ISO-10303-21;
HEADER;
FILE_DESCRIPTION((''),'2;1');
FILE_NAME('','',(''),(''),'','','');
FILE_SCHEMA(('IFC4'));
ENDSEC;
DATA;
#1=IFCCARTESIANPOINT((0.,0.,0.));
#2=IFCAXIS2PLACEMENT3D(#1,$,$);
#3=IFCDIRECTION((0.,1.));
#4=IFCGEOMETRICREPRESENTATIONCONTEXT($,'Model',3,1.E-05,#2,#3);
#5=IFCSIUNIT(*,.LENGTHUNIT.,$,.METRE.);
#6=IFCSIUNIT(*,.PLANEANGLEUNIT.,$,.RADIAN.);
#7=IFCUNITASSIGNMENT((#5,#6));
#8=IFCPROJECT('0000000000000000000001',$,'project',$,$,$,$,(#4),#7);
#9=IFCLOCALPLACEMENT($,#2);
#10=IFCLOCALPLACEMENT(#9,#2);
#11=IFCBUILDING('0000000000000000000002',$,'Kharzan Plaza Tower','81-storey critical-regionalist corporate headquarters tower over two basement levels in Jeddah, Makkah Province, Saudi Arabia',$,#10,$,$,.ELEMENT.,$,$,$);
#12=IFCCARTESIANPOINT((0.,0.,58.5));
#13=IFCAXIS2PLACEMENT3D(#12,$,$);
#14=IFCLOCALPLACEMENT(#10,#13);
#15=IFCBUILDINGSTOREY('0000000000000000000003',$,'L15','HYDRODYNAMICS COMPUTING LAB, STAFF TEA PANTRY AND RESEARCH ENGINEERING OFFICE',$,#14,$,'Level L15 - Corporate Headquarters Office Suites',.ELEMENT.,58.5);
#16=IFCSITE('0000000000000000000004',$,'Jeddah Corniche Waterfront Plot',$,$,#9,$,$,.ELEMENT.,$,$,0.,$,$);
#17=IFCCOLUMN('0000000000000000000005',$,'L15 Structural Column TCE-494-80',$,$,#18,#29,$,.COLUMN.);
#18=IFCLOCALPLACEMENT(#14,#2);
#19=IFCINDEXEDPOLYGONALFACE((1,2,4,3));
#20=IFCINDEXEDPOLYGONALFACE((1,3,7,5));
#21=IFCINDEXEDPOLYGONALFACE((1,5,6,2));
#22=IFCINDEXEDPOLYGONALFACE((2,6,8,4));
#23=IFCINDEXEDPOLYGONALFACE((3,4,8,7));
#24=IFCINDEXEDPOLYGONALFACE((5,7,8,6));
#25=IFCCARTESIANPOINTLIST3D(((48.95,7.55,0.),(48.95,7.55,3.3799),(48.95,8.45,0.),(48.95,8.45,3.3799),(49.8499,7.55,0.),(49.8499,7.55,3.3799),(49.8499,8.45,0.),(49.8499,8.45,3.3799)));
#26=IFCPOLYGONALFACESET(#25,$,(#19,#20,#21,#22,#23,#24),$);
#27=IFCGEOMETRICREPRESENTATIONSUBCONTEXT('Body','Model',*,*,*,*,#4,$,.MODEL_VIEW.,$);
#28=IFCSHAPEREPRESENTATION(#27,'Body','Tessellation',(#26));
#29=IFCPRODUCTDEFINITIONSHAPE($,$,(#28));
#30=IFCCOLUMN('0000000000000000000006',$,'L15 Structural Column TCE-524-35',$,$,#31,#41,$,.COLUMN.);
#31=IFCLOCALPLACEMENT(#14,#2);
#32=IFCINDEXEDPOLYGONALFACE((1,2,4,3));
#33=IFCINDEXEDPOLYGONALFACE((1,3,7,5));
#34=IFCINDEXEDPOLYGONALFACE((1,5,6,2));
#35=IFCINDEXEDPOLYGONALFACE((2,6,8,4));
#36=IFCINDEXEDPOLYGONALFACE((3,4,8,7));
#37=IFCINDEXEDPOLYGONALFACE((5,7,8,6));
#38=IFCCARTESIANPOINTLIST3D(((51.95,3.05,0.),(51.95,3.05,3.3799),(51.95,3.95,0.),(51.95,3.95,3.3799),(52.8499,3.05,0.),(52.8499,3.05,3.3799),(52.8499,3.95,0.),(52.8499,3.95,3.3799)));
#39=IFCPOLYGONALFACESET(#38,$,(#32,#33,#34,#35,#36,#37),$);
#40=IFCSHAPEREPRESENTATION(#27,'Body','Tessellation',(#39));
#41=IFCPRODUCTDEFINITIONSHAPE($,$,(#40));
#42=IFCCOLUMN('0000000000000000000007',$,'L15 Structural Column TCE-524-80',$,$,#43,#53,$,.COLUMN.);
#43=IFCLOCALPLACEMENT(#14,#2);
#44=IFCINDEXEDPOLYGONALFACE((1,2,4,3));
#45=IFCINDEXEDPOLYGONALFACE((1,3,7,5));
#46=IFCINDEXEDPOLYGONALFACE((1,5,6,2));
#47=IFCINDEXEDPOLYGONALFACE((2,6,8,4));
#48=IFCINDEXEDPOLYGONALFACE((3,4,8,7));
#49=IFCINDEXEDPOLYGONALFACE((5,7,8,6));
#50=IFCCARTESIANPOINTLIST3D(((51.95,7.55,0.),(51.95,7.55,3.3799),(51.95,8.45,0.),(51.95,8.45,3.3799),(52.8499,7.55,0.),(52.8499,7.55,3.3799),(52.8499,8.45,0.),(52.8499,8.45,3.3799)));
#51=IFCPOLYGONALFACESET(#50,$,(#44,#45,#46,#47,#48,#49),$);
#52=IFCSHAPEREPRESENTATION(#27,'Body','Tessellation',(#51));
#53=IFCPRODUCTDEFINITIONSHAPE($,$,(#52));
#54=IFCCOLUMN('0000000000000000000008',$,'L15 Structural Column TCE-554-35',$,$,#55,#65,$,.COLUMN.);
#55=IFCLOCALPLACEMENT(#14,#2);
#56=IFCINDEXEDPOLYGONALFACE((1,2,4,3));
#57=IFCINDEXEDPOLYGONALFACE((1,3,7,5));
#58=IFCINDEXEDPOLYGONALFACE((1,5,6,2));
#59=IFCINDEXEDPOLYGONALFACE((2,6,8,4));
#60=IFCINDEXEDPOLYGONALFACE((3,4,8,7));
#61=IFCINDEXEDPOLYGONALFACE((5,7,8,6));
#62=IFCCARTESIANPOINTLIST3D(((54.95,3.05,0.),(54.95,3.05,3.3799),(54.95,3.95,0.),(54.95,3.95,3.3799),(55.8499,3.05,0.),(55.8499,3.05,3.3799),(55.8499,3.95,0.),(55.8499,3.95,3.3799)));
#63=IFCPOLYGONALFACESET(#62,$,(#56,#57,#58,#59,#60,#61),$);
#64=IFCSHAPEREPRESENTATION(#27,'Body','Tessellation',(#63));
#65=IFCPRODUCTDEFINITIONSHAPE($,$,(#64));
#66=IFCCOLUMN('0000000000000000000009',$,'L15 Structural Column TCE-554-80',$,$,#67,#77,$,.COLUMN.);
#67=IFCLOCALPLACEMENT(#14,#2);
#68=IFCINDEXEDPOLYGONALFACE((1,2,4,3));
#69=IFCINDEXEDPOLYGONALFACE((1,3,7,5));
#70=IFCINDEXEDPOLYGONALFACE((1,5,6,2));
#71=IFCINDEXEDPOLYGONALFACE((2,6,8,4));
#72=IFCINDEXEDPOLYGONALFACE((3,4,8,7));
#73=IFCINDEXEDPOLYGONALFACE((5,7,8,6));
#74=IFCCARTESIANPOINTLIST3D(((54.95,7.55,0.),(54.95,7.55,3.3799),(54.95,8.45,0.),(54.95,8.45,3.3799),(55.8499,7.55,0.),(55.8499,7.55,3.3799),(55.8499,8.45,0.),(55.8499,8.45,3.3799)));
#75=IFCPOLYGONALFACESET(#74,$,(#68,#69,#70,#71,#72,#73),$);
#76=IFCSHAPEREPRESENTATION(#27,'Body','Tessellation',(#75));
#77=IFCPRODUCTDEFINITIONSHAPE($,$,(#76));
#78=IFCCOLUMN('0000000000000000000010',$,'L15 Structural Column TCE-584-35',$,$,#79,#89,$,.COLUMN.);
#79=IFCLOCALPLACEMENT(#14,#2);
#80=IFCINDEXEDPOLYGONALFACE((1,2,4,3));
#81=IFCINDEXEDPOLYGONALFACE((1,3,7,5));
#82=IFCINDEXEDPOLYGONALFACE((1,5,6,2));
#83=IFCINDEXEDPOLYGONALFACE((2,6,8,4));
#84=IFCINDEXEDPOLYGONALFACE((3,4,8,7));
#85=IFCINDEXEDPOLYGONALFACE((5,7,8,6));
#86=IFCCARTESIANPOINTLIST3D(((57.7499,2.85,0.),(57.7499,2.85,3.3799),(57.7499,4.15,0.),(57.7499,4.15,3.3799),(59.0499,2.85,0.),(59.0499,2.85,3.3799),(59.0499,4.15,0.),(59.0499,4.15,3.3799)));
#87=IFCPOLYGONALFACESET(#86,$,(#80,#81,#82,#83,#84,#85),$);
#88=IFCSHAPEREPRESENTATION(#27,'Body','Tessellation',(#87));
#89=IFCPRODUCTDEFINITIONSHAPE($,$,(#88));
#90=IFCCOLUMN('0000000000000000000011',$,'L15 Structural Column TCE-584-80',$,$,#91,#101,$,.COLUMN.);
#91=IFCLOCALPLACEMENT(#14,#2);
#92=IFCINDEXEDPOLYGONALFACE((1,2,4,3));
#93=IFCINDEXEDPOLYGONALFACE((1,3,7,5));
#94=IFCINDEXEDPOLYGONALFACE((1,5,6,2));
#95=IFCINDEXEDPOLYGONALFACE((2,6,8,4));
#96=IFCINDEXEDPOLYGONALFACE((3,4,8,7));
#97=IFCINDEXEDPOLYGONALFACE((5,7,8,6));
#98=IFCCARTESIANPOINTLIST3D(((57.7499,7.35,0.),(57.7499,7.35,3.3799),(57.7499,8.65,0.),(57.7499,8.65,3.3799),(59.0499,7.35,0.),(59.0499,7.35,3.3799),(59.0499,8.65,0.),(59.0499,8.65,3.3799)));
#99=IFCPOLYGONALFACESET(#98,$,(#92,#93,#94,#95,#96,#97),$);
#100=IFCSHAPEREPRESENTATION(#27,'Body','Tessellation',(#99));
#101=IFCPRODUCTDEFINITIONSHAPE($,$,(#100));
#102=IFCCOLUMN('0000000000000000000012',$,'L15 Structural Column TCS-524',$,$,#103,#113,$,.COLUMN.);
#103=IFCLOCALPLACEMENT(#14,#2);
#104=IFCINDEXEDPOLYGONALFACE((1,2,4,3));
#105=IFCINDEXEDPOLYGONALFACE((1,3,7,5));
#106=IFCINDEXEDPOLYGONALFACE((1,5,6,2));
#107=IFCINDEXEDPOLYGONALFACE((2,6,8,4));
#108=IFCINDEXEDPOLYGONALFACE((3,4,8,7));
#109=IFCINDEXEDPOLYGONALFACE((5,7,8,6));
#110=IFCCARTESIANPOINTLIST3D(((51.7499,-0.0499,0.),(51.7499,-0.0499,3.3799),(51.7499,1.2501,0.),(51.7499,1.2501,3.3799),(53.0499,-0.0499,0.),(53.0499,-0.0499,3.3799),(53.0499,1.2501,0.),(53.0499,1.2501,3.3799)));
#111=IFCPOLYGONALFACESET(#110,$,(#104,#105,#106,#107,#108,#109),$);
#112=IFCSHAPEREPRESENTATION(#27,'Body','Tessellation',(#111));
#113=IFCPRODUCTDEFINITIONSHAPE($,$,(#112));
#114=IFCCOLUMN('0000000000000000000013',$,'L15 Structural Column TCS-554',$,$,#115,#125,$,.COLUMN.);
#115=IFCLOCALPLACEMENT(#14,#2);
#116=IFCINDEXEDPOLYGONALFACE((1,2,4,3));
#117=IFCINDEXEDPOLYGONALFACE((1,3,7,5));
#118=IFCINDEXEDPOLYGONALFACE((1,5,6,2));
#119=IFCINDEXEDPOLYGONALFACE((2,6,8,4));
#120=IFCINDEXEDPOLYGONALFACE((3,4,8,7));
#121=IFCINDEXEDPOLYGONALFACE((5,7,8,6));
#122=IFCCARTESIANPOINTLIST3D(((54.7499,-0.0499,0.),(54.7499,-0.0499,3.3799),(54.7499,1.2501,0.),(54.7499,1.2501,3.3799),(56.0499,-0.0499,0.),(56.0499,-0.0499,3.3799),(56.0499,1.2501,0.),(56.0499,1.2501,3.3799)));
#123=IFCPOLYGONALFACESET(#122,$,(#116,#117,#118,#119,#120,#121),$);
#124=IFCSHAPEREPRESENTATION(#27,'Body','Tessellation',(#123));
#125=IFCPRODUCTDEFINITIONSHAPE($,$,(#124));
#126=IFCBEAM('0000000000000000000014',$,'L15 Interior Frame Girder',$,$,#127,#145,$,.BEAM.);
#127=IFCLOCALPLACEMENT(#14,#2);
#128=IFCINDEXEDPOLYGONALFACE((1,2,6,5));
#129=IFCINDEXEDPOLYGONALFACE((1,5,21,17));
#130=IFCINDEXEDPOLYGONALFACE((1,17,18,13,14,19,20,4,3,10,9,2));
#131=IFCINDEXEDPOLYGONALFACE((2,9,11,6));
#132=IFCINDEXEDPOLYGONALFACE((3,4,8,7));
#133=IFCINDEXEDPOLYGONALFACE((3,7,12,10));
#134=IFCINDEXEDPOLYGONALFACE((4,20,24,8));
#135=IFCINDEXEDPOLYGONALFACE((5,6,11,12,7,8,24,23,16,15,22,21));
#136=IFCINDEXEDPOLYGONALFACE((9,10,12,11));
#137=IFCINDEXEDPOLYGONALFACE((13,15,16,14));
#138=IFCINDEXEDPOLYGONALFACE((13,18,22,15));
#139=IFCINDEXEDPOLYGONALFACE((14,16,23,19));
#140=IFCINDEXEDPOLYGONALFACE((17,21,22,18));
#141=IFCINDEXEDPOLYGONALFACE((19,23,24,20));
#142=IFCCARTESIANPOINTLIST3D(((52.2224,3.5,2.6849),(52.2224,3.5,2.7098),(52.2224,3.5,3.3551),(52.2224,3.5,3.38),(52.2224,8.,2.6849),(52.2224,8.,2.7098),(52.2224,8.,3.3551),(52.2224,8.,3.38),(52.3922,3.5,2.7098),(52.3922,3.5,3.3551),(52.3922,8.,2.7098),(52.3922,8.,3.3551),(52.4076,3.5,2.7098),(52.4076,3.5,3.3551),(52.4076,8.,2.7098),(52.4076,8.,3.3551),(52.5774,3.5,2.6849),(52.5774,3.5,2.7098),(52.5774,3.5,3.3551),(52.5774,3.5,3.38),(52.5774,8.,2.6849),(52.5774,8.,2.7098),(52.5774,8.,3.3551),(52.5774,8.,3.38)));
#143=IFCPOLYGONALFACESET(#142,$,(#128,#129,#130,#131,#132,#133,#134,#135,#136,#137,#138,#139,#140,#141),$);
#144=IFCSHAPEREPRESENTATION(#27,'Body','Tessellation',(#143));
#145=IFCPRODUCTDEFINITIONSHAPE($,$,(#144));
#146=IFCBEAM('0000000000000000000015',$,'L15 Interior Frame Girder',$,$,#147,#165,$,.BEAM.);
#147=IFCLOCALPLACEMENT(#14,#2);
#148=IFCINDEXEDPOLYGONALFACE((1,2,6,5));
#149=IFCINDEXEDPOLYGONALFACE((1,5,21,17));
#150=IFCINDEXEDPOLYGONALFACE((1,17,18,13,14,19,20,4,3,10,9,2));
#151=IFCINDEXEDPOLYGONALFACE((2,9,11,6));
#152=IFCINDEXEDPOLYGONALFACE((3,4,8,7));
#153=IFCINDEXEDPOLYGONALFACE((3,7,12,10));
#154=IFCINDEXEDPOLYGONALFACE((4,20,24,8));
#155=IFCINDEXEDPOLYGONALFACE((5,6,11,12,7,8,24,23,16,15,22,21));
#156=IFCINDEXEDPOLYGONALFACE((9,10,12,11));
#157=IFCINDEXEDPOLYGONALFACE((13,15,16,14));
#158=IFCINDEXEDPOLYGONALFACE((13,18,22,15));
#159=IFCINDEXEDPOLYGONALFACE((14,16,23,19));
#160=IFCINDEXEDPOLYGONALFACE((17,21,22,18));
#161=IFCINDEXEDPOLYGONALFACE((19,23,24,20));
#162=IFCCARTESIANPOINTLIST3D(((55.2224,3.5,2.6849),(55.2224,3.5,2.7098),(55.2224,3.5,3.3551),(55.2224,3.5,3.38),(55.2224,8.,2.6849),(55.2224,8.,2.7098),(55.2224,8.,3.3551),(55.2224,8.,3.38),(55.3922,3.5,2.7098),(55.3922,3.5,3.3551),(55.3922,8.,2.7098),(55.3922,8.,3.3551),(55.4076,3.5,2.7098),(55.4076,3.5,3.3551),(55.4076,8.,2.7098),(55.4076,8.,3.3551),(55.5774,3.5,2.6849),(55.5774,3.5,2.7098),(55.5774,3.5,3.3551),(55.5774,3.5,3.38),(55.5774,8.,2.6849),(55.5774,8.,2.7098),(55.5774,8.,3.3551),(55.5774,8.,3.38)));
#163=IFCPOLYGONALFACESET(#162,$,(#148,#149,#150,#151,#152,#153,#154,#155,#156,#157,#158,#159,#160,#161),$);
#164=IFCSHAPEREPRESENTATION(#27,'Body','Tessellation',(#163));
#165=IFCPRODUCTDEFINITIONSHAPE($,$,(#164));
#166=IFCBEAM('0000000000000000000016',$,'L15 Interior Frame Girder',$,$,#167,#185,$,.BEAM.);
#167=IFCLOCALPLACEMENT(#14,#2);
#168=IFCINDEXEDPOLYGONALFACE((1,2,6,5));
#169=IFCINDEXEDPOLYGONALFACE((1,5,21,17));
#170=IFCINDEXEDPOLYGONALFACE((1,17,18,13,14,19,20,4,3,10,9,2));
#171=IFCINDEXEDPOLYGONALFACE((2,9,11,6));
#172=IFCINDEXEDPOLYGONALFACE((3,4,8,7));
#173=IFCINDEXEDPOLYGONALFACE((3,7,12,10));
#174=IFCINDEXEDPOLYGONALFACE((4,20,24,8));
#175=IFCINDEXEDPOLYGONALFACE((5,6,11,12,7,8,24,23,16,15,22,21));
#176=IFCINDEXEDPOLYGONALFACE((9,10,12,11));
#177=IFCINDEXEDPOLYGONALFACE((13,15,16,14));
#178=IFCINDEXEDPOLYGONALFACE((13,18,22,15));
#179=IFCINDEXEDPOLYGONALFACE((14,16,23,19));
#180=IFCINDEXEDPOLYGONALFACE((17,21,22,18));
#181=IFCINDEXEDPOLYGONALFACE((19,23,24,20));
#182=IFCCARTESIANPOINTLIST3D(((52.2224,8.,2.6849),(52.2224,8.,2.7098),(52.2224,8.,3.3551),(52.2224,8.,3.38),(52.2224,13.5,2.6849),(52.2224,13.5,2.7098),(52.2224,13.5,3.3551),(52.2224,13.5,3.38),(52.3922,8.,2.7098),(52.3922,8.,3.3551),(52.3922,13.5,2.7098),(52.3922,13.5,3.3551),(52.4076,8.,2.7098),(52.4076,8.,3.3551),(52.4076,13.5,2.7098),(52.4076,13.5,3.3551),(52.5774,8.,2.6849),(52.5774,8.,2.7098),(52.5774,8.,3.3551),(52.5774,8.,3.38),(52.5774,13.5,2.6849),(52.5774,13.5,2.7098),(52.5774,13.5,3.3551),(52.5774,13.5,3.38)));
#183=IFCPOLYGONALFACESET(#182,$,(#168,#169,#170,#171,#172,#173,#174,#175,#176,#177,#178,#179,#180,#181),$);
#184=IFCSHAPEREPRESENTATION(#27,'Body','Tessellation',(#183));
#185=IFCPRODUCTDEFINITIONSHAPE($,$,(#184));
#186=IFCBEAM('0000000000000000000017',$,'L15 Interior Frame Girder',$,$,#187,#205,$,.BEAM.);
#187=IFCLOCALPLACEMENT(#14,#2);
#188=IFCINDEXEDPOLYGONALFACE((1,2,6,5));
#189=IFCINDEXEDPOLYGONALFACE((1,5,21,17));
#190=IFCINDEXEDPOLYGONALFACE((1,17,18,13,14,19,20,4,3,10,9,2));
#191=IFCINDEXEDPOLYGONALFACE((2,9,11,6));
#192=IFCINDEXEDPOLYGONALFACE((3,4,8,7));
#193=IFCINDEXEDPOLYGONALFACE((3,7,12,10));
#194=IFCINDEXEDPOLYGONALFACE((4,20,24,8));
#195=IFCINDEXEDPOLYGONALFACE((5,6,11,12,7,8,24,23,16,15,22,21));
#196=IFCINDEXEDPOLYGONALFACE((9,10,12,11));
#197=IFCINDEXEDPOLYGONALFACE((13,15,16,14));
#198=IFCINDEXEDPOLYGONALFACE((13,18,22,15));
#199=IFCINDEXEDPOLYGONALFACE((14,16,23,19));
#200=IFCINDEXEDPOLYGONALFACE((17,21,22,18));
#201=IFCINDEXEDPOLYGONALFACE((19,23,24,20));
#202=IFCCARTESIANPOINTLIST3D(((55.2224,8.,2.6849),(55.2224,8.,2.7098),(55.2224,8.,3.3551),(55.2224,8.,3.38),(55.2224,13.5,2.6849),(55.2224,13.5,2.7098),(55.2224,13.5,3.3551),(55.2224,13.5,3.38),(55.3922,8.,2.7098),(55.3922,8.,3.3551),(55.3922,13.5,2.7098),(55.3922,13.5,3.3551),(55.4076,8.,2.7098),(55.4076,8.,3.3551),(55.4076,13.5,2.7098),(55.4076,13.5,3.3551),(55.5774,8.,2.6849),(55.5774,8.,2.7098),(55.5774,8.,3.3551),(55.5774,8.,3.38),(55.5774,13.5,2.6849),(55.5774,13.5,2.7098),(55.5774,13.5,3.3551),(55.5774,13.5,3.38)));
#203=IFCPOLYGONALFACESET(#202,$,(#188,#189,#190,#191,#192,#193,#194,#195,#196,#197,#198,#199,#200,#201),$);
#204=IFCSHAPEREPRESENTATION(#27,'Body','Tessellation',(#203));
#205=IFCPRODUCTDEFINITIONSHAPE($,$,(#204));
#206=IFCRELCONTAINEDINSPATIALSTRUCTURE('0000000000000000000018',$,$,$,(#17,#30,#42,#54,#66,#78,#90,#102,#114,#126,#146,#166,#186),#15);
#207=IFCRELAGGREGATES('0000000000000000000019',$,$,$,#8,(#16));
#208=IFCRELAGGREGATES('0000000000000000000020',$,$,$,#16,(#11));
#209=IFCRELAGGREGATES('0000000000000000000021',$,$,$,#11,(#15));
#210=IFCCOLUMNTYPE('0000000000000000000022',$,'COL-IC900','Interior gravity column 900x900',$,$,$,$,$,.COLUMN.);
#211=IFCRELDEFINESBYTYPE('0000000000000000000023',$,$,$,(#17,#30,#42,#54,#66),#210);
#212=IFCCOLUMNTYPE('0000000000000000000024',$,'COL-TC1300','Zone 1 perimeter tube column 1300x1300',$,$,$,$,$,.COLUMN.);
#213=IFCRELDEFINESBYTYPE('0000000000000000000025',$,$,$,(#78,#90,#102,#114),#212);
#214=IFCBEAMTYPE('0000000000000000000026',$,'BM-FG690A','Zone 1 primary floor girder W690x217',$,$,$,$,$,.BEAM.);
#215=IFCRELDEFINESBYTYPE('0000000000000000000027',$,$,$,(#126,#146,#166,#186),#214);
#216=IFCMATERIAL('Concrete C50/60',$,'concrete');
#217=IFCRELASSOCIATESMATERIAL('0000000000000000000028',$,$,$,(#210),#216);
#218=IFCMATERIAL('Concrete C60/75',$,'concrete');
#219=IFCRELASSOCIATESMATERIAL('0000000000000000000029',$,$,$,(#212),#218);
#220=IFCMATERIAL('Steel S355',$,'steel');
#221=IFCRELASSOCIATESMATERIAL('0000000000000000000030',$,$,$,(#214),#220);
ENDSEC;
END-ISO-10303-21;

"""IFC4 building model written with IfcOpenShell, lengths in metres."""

from ifc_helpers import new_model, si_unit, direction, frame, origin, origin_2d, place, context, subcontext, project, spatial, rectangle, i_section, extrude, source, transform, mapped, material, material_profile, profile_set, type_object, element, save


model = new_model("IFC4")

# Units and contexts
model_context = context("Model", 3, precision=1e-05, world=origin(), true_north=direction((0.0, 1.0)))
body_context = subcontext(model_context, "Body", "Model", "MODEL_VIEW")
ifc_project = project(units=[si_unit("LENGTHUNIT", "METRE"), si_unit("PLANEANGLEUNIT", "RADIAN")], contexts=[model_context])

# Site, building, storey
site_placement = place(None, origin())
site = spatial("IfcSite", under=ifc_project, at=site_placement, Name="Jeddah Corniche Waterfront Plot", CompositionType="ELEMENT", RefElevation=0.0)
building_placement = place(site_placement, origin())
building = spatial("IfcBuilding", under=site, at=building_placement, Name="Kharzan Plaza Tower", Description="81-storey critical-regionalist corporate headquarters tower over two basement levels in Jeddah, Makkah Province, Saudi Arabia", CompositionType="ELEMENT")
storey_placement = place(building_placement, frame((0.0, 0.0, 58.5)))
storey = spatial("IfcBuildingStorey", under=building, at=storey_placement, Name="L15", Description="HYDRODYNAMICS COMPUTING LAB, STAFF TEA PANTRY AND RESEARCH ENGINEERING OFFICE", LongName="Level L15 - Corporate Headquarters Office Suites", CompositionType="ELEMENT", Elevation=58.5)

# Columns
ifc_material_1 = material(Name="Concrete C50/60", Category="concrete")
ifc_material_profile_1 = material_profile(ifc_material_1, rectangle(XDim=0.8999, YDim=0.8999, at=origin_2d()), Name="RC-IC900x900")
ifc_profile_set_1 = profile_set([ifc_material_profile_1], Name="Concrete C50/60")
column_type_1 = type_object("IfcColumnType", Name="COL-IC900", Description="Interior gravity column 900x900", PredefinedType="COLUMN", material=ifc_profile_set_1)
shared_shape_1 = source(origin(), body_context, "Body", "SweptSolid", [
    extrude(rectangle(XDim=0.8999, YDim=0.8999, at=origin_2d()), origin(), (0.0, 0.0, 1.0), 3.3799),
])
for number, where, z_axis, x_axis, name in (
    (1, (49.3999, 8.0, 0.0), (0.0, 0.0, 1.0), (1.0, 0.0, 0.0), "L15 Structural Column TCE-494-80"),
    (2, (52.3999, 3.5, 0.0), (0.0, 0.0, 1.0), (1.0, 0.0, 0.0), "L15 Structural Column TCE-524-35"),
    (3, (52.3999, 8.0, 0.0), (0.0, 0.0, 1.0), (1.0, 0.0, 0.0), "L15 Structural Column TCE-524-80"),
    (4, (55.3999, 3.5, 0.0), (0.0, 0.0, 1.0), (1.0, 0.0, 0.0), "L15 Structural Column TCE-554-35"),
    (5, (55.3999, 8.0, 0.0), (0.0, 0.0, 1.0), (1.0, 0.0, 0.0), "L15 Structural Column TCE-554-80"),
):
    element("IfcColumn", number, at=place(storey_placement, frame(where, z_axis=z_axis, x_axis=x_axis)), inside=storey, type_object=column_type_1, Name=name, PredefinedType="COLUMN", context=body_context, shape_type="MappedRepresentation", body=[
        mapped(shared_shape_1, transform((0.0, 0.0, 0.0), x_axis=(1.0, 0.0, 0.0), y_axis=(0.0, 1.0, 0.0), z_axis=(0.0, 0.0, 1.0))),
    ])
ifc_material_2 = material(Name="Concrete C60/75", Category="concrete")
ifc_material_profile_2 = material_profile(ifc_material_2, rectangle(XDim=1.3, YDim=1.3, at=origin_2d()), Name="RC-TC1300x1300")
ifc_profile_set_2 = profile_set([ifc_material_profile_2], Name="Concrete C60/75")
column_type_2 = type_object("IfcColumnType", Name="COL-TC1300", Description="Zone 1 perimeter tube column 1300x1300", PredefinedType="COLUMN", material=ifc_profile_set_2)
shared_shape_2 = source(origin(), body_context, "Body", "SweptSolid", [
    extrude(rectangle(XDim=1.3, YDim=1.3, at=origin_2d()), origin(), (0.0, 0.0, 1.0), 3.3799),
])
for number, where, z_axis, x_axis, name in (
    (6, (58.3999, 3.5, 0.0), (0.0, 0.0, 1.0), (1.0, 0.0, 0.0), "L15 Structural Column TCE-584-35"),
    (7, (58.3999, 8.0, 0.0), (0.0, 0.0, 1.0), (1.0, 0.0, 0.0), "L15 Structural Column TCE-584-80"),
    (8, (52.3999, 0.6001, 0.0), (0.0, 0.0, 1.0), (1.0, 0.0, 0.0), "L15 Structural Column TCS-524"),
    (9, (55.3999, 0.6001, 0.0), (0.0, 0.0, 1.0), (1.0, 0.0, 0.0), "L15 Structural Column TCS-554"),
):
    element("IfcColumn", number, at=place(storey_placement, frame(where, z_axis=z_axis, x_axis=x_axis)), inside=storey, type_object=column_type_2, Name=name, PredefinedType="COLUMN", context=body_context, shape_type="MappedRepresentation", body=[
        mapped(shared_shape_2, transform((0.0, 0.0, 0.0), x_axis=(1.0, 0.0, 0.0), y_axis=(0.0, 1.0, 0.0), z_axis=(0.0, 0.0, 1.0))),
    ])

# Beams
ifc_material_3 = material(Name="Steel S355", Category="steel")
ifc_material_profile_3 = material_profile(ifc_material_3, i_section(OverallWidth=0.355, OverallDepth=0.6951, WebThickness=0.0154, FlangeThickness=0.0249, at=origin_2d()), Name="W690x217")
ifc_profile_set_3 = profile_set([ifc_material_profile_3], Name="Steel S355")
beam_type_1 = type_object("IfcBeamType", Name="BM-FG690A", Description="Zone 1 primary floor girder W690x217", PredefinedType="BEAM", material=ifc_profile_set_3)
shared_shape_3 = source(origin(), body_context, "Body", "SweptSolid", [
    extrude(i_section(OverallWidth=0.355, OverallDepth=0.6951, WebThickness=0.0154, FlangeThickness=0.0249, at=origin_2d()), origin(), (0.0, 0.0, 1.0), 4.5),
])
for number, where, z_axis, x_axis, name in (
    (10, (52.3999, 3.5, 3.0325), (0.0, 1.0, 0.0), (-1.0, 0.0, 0.0), "L15 Interior Frame Girder"),
    (11, (55.3999, 3.5, 3.0325), (0.0, 1.0, 0.0), (-1.0, 0.0, 0.0), "L15 Interior Frame Girder"),
):
    element("IfcBeam", number, at=place(storey_placement, frame(where, z_axis=z_axis, x_axis=x_axis)), inside=storey, type_object=beam_type_1, Name=name, PredefinedType="BEAM", context=body_context, shape_type="MappedRepresentation", body=[
        mapped(shared_shape_3, transform((0.0, 0.0, 0.0), x_axis=(1.0, 0.0, 0.0), y_axis=(0.0, 1.0, 0.0), z_axis=(0.0, 0.0, 1.0))),
    ])
shared_shape_4 = source(origin(), body_context, "Body", "SweptSolid", [
    extrude(i_section(OverallWidth=0.355, OverallDepth=0.6951, WebThickness=0.0154, FlangeThickness=0.0249, at=origin_2d()), origin(), (0.0, 0.0, 1.0), 5.5),
])
for number, where, z_axis, x_axis, name in (
    (12, (52.3999, 8.0, 3.0325), (0.0, 1.0, 0.0), (-1.0, 0.0, 0.0), "L15 Interior Frame Girder"),
    (13, (55.3999, 8.0, 3.0325), (0.0, 1.0, 0.0), (-1.0, 0.0, 0.0), "L15 Interior Frame Girder"),
):
    element("IfcBeam", number, at=place(storey_placement, frame(where, z_axis=z_axis, x_axis=x_axis)), inside=storey, type_object=beam_type_1, Name=name, PredefinedType="BEAM", context=body_context, shape_type="MappedRepresentation", body=[
        mapped(shared_shape_4, transform((0.0, 0.0, 0.0), x_axis=(1.0, 0.0, 0.0), y_axis=(0.0, 1.0, 0.0), z_axis=(0.0, 0.0, 1.0))),
    ])

save(model, "model.ifc")
